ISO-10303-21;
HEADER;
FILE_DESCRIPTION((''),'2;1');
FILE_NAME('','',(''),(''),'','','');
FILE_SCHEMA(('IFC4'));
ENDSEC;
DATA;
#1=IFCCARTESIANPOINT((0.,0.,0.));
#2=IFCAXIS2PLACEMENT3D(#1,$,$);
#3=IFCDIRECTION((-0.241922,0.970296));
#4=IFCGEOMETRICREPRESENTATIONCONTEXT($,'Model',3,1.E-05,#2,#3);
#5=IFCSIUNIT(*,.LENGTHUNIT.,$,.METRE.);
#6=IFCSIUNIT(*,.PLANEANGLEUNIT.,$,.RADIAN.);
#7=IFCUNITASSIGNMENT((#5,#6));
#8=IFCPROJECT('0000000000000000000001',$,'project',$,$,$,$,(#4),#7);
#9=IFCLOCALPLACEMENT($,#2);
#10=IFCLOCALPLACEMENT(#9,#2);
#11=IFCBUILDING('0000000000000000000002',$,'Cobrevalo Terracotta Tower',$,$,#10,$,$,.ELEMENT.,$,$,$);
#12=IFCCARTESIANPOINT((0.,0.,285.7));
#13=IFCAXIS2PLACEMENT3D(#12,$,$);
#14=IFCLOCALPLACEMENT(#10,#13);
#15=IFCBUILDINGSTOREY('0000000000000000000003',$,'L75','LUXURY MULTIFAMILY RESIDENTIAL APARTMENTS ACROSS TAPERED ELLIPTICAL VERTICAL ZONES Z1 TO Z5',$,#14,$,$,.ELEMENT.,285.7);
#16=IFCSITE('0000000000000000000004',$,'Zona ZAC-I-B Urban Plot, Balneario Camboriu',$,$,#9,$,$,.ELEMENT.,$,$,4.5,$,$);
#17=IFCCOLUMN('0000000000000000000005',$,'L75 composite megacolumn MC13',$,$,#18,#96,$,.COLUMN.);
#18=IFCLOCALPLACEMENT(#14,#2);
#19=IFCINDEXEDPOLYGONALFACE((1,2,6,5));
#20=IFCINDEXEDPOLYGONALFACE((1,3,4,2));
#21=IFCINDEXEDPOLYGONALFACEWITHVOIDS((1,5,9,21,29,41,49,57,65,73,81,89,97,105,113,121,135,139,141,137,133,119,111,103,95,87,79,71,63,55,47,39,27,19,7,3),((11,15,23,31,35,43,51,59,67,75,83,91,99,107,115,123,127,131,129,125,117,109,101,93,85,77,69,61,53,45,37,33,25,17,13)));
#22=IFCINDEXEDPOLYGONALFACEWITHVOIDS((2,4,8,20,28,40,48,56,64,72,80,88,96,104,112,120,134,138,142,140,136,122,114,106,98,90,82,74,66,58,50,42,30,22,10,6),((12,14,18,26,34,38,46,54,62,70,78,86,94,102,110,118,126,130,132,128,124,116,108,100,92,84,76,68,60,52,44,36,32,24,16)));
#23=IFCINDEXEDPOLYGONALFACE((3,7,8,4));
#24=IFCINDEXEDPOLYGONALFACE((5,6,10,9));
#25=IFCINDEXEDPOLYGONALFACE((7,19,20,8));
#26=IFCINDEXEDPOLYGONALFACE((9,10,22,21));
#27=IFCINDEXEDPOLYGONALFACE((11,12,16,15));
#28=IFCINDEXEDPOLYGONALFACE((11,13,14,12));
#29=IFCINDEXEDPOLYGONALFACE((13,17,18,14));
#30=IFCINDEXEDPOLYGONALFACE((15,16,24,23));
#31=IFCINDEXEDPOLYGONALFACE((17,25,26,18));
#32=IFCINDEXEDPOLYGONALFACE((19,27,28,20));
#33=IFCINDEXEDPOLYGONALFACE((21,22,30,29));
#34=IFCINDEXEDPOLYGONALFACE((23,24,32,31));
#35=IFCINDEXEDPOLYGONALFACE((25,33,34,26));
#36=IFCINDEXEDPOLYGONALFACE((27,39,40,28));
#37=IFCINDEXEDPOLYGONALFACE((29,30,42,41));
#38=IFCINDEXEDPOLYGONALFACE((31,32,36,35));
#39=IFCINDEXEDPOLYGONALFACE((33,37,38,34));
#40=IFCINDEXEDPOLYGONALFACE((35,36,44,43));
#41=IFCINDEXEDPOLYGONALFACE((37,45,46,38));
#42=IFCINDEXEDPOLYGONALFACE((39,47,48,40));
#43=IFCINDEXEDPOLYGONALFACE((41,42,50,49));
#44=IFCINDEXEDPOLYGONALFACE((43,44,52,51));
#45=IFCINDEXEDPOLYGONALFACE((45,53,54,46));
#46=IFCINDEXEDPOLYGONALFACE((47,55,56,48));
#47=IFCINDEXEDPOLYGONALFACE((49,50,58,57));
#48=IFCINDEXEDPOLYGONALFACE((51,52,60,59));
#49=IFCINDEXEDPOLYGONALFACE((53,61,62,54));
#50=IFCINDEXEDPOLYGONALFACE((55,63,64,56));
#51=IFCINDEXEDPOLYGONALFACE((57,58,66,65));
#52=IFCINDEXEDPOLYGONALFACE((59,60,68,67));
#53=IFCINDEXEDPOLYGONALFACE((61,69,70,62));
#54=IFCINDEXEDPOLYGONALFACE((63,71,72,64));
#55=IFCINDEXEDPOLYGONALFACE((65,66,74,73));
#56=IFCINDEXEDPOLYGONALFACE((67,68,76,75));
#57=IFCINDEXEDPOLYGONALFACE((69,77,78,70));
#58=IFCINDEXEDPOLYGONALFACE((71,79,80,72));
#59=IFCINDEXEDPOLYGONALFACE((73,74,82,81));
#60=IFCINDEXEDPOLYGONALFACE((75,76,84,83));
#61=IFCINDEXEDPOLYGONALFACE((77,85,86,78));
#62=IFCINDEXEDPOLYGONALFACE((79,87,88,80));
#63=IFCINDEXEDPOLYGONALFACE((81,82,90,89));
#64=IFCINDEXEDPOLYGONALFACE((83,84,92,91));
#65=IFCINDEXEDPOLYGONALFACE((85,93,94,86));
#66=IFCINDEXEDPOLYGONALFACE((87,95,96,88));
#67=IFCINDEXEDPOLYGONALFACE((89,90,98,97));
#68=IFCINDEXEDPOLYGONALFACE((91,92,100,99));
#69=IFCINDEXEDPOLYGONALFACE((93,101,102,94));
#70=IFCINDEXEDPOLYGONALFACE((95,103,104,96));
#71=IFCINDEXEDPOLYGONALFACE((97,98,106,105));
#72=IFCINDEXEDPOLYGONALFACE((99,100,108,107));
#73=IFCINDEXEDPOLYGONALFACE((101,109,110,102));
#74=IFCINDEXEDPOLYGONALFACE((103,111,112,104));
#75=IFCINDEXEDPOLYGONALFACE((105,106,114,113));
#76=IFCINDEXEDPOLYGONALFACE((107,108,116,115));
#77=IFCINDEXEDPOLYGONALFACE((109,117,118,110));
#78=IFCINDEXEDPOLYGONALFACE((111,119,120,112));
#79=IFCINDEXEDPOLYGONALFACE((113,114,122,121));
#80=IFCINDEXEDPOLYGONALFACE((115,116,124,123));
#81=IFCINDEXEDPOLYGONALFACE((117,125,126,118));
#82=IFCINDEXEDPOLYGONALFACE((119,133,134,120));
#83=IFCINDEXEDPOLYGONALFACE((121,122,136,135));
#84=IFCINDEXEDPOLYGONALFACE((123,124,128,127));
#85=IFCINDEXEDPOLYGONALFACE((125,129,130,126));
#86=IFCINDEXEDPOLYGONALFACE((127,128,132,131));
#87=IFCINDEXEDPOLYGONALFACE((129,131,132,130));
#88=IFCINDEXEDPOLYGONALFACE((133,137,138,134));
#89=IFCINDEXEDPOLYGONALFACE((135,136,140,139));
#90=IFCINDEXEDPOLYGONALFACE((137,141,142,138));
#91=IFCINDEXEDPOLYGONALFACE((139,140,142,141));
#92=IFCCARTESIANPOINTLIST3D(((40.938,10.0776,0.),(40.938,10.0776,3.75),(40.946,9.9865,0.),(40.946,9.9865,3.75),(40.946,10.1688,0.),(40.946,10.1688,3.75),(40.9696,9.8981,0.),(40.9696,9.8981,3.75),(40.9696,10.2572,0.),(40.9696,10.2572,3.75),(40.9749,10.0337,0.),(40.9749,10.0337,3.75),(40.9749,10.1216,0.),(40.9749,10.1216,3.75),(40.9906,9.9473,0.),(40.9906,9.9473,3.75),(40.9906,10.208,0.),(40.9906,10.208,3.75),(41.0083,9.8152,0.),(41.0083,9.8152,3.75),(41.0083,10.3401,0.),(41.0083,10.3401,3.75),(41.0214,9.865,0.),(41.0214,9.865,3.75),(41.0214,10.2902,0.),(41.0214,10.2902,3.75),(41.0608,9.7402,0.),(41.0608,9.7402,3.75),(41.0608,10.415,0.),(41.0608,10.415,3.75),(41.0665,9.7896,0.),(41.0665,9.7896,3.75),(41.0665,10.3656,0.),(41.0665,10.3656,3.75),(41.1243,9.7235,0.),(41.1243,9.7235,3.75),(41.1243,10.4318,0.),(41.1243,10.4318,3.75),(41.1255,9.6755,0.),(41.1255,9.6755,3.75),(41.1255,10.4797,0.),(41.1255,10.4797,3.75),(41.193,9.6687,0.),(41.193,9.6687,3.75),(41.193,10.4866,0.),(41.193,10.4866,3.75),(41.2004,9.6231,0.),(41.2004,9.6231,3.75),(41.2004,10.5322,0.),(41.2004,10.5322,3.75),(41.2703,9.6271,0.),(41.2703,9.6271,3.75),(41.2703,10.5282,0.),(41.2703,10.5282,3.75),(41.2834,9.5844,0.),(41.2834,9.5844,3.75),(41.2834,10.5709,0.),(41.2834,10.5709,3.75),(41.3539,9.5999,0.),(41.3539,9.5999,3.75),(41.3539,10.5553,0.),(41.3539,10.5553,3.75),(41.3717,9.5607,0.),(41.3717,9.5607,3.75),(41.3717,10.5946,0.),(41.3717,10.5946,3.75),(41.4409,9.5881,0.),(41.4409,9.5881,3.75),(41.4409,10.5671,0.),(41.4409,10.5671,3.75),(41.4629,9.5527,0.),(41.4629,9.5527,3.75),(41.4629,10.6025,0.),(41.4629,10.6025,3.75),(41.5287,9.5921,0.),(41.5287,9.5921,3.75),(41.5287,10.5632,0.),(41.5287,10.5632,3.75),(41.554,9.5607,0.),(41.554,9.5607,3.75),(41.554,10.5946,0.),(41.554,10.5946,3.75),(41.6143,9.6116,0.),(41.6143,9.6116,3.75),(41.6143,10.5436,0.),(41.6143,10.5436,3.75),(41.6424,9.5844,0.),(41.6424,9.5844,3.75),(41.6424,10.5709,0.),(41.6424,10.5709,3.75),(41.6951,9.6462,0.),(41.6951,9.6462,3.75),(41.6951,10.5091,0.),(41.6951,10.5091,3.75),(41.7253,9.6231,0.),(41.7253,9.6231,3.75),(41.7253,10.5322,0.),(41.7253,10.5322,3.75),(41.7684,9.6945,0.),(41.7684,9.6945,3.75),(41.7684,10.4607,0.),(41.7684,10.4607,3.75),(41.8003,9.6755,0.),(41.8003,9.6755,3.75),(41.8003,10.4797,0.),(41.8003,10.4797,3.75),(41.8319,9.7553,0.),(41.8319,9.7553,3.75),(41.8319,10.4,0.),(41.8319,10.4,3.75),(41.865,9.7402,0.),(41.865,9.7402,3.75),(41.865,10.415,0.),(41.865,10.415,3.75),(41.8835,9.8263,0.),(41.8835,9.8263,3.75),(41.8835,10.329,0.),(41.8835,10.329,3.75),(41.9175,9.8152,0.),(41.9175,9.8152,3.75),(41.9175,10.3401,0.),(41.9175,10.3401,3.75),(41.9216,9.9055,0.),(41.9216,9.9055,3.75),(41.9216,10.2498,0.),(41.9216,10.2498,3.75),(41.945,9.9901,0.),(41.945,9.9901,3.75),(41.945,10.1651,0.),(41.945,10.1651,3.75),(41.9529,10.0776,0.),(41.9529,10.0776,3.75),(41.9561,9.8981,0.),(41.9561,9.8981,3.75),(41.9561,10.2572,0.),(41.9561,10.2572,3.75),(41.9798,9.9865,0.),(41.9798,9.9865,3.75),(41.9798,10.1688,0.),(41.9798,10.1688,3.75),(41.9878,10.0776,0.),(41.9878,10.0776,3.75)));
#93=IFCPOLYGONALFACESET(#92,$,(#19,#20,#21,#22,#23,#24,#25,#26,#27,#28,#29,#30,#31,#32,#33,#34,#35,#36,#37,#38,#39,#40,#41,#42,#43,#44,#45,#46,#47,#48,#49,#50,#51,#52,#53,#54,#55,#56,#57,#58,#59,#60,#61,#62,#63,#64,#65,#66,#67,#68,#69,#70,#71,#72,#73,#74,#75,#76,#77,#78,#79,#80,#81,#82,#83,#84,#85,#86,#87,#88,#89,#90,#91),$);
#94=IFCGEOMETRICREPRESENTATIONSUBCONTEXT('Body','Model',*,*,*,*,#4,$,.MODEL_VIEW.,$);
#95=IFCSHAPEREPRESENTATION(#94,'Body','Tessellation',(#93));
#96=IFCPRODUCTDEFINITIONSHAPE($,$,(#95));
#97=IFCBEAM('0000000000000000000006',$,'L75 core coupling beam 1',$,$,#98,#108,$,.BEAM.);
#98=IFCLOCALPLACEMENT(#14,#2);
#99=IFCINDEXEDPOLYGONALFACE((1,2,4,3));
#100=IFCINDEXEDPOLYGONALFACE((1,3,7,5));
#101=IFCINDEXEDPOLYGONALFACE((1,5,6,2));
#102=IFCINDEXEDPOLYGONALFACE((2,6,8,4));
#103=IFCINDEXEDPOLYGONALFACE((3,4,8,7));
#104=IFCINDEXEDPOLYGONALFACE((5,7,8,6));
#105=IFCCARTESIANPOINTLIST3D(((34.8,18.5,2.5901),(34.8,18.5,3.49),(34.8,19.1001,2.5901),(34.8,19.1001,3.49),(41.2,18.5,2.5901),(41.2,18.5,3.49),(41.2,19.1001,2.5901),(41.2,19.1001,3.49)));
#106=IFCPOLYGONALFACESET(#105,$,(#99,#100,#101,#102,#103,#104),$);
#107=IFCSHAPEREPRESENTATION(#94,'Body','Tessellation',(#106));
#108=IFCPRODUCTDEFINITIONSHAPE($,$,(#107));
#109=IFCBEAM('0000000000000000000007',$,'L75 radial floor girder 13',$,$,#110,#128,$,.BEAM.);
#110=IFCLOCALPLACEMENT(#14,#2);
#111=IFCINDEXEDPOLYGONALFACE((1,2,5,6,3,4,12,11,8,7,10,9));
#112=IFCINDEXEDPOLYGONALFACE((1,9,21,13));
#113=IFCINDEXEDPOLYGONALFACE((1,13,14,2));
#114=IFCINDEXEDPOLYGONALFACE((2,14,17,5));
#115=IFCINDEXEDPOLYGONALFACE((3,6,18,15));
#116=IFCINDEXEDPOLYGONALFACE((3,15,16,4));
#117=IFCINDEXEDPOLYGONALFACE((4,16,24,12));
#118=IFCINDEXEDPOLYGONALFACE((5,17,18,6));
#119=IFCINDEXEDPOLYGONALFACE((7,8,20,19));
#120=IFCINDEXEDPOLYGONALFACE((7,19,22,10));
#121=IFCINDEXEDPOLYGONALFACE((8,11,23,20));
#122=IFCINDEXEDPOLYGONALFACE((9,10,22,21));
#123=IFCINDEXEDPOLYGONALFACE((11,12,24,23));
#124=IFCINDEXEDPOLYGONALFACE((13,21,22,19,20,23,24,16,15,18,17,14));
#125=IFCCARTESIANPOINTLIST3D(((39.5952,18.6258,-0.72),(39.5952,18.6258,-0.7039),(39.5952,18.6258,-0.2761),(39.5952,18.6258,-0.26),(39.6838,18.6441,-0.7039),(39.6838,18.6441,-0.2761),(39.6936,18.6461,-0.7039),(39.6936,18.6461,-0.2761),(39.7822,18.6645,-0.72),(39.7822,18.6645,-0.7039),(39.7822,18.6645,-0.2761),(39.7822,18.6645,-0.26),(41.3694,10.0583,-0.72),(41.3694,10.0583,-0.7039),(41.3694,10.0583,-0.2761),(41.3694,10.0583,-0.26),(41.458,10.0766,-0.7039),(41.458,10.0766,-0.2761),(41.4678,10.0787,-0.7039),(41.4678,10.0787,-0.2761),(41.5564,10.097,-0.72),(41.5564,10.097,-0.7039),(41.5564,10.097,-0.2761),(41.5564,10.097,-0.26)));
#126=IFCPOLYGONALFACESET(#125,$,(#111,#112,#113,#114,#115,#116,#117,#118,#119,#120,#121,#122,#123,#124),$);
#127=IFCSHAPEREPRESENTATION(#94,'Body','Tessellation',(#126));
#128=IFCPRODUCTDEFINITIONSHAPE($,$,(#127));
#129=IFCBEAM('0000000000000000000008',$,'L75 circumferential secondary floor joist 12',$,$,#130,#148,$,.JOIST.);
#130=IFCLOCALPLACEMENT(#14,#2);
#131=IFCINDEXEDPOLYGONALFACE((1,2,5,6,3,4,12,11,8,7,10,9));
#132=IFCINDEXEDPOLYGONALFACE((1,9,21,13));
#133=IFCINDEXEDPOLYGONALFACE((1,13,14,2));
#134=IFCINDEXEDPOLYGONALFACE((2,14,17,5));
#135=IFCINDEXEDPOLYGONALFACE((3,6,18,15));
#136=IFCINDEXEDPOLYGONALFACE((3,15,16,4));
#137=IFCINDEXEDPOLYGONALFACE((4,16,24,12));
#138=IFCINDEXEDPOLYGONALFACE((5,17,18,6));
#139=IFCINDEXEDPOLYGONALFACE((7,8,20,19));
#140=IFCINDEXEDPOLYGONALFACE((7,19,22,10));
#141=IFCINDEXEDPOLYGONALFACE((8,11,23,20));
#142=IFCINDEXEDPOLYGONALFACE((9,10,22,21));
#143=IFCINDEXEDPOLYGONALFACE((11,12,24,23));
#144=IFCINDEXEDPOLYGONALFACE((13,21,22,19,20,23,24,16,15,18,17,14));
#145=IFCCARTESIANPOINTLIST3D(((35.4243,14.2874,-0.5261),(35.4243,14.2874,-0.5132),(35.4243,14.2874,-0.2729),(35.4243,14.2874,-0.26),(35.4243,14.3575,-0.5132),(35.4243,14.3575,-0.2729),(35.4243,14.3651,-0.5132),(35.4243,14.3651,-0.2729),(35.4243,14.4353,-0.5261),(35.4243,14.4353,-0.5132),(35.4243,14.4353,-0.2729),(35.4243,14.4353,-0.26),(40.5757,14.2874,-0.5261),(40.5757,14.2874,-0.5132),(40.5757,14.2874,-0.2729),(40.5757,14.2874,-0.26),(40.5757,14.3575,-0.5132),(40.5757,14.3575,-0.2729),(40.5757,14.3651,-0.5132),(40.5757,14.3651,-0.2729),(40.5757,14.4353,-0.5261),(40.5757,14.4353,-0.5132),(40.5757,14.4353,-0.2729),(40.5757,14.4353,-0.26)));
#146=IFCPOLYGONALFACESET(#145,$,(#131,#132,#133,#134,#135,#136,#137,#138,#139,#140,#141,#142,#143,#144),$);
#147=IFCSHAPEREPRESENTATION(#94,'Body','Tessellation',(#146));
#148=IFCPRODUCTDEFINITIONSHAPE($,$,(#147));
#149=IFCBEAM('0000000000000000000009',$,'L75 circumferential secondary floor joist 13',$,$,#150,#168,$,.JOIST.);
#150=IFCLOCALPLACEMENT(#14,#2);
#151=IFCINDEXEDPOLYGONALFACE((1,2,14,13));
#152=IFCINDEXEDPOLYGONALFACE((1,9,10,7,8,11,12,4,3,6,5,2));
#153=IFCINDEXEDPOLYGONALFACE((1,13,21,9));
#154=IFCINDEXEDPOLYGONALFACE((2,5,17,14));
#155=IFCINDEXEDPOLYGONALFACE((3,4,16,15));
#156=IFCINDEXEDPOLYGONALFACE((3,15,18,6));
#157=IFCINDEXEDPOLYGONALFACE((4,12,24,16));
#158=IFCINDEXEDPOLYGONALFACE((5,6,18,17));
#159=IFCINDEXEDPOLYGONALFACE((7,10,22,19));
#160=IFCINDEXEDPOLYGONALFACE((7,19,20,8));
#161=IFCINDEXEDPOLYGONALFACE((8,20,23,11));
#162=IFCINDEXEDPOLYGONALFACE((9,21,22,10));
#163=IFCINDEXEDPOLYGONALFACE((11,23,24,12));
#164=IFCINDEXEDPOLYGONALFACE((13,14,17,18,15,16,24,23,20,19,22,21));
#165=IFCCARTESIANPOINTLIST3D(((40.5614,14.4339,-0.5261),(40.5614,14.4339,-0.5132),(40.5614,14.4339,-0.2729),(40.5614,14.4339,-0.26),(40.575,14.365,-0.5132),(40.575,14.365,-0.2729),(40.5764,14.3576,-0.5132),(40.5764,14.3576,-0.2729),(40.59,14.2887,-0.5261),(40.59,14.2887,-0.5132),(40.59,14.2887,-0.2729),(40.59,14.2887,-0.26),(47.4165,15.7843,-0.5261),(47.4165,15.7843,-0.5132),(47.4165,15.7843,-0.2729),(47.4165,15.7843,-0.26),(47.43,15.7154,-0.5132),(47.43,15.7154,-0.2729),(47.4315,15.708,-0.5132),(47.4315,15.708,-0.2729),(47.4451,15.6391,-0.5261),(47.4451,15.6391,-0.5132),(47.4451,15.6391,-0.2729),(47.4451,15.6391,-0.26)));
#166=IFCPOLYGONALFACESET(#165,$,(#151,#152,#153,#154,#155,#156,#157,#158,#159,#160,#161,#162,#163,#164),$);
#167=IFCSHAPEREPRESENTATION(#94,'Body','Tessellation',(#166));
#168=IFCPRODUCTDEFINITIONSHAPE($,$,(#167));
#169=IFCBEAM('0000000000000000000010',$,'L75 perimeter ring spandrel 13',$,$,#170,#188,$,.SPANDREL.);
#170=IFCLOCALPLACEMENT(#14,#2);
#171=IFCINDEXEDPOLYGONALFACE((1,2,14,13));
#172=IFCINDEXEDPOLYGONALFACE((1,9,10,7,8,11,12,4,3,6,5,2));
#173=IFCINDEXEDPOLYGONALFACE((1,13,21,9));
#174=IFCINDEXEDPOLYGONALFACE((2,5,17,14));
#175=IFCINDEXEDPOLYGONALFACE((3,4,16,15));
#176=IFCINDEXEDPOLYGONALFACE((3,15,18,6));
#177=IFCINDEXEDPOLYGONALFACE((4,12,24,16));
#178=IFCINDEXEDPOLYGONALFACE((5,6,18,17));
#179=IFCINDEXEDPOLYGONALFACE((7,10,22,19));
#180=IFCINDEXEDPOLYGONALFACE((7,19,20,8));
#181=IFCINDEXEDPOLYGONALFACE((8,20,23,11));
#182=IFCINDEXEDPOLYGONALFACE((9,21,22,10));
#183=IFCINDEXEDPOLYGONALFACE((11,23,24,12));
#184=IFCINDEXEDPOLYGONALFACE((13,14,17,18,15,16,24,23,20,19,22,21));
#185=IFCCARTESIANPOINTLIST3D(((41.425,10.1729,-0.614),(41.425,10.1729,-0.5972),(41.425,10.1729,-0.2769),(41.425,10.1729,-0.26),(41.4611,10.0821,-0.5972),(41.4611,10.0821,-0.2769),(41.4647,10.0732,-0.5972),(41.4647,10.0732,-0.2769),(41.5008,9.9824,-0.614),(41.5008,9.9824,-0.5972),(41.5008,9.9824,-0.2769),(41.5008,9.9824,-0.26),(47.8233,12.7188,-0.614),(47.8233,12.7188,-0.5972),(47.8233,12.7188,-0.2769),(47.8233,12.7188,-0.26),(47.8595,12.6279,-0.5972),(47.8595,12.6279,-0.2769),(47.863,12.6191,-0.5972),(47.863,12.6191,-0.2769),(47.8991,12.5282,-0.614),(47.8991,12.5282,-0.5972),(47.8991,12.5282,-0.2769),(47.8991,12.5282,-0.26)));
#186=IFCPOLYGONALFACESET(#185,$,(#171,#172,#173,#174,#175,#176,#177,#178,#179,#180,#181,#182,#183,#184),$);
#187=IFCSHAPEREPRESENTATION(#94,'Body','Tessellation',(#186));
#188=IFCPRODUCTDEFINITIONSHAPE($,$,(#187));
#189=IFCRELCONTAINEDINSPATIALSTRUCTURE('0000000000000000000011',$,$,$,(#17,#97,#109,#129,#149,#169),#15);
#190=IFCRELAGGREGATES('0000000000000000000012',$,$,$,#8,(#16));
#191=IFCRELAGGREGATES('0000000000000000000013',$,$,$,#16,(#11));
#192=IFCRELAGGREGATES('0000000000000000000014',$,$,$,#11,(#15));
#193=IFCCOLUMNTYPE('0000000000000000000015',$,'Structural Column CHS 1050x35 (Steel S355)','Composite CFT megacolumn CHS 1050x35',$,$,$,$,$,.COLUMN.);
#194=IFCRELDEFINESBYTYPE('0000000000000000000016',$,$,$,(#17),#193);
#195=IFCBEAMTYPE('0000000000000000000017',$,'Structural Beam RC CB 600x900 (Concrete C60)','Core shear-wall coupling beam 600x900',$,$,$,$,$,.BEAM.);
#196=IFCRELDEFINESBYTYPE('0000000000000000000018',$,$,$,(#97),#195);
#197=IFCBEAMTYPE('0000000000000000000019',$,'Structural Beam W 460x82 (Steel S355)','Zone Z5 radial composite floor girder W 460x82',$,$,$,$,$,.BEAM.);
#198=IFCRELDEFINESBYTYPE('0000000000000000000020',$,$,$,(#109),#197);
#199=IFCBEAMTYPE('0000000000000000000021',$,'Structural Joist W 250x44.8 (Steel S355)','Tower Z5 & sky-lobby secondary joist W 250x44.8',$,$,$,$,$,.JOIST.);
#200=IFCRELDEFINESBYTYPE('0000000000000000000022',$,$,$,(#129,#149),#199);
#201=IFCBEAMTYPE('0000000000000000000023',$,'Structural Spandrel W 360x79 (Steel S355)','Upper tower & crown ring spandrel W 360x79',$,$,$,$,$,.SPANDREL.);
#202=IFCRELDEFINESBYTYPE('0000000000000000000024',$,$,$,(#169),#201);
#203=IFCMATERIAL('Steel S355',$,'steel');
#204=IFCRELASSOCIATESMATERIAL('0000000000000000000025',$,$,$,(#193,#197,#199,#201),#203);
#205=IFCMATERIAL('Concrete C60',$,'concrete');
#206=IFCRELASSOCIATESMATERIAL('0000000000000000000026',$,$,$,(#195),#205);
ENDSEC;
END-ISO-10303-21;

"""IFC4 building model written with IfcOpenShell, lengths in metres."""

from ifc_helpers import new_model, si_unit, direction, frame, origin, origin_2d, place, context, subcontext, project, spatial, rectangle, hollow_circle, i_section, extrude, material, material_profile, profile_set, type_object, element, save


model = new_model("IFC4")

# Units and contexts
model_context = context("Model", 3, precision=1e-05, world=origin(), true_north=direction((-0.241922, 0.970296)))
body_context = subcontext(model_context, "Body", "Model", "MODEL_VIEW")
ifc_project = project(units=[si_unit("LENGTHUNIT", "METRE"), si_unit("PLANEANGLEUNIT", "RADIAN")], contexts=[model_context])

# Site, building, storey
site_placement = place(None, origin())
site = spatial("IfcSite", under=ifc_project, at=site_placement, Name="Zona ZAC-I-B Urban Plot, Balneario Camboriu", CompositionType="ELEMENT", RefElevation=4.5)
building_placement = place(site_placement, origin())
building = spatial("IfcBuilding", under=site, at=building_placement, Name="Cobrevalo Terracotta Tower", CompositionType="ELEMENT")
storey_placement = place(building_placement, frame((0.0, 0.0, 285.7)))
storey = spatial("IfcBuildingStorey", under=building, at=storey_placement, Name="L75", Description="LUXURY MULTIFAMILY RESIDENTIAL APARTMENTS ACROSS TAPERED ELLIPTICAL VERTICAL ZONES Z1 TO Z5", CompositionType="ELEMENT", Elevation=285.7)

# Column
ifc_material_1 = material(Name="Steel S355", Category="steel")
ifc_material_profile_1 = material_profile(ifc_material_1, hollow_circle(Radius=0.5249, WallThickness=0.0349, at=origin_2d()), Name="CHS 1050x35")
ifc_profile_set_1 = profile_set([ifc_material_profile_1], Name="Steel S355")
column_type = type_object("IfcColumnType", Name="Structural Column CHS 1050x35 (Steel S355)", Description="Composite CFT megacolumn CHS 1050x35", PredefinedType="COLUMN", material=ifc_profile_set_1)
column_placement = place(storey_placement, frame((41.4629, 10.0776, 0.0), z_axis=(0.0, 0.0, 1.0), x_axis=(1.0, 0.0, 0.0)))
element("IfcColumn", 1, at=column_placement, inside=storey, type_object=column_type, Name="L75 composite megacolumn MC13", PredefinedType="COLUMN", context=body_context, shape_type="SweptSolid", body=[
    extrude(hollow_circle(Radius=0.5249, WallThickness=0.0349, at=origin_2d()), origin(), (0.0, 0.0, 1.0), 3.75),
])

# Beams
ifc_material_2 = material(Name="Concrete C60", Category="concrete")
ifc_material_profile_2 = material_profile(ifc_material_2, rectangle(XDim=0.6001, YDim=0.8999, at=origin_2d()), Name="RC CB 600x900")
ifc_profile_set_2 = profile_set([ifc_material_profile_2], Name="Concrete C60")
beam_type_1 = type_object("IfcBeamType", Name="Structural Beam RC CB 600x900 (Concrete C60)", Description="Core shear-wall coupling beam 600x900", PredefinedType="BEAM", material=ifc_profile_set_2)
beam_1_placement = place(storey_placement, frame((34.8, 18.8, 3.04), z_axis=(1.0, 0.0, 0.0), x_axis=(0.0, 1.0, 0.0)))
element("IfcBeam", 2, at=beam_1_placement, inside=storey, type_object=beam_type_1, Name="L75 core coupling beam 1", PredefinedType="BEAM", context=body_context, shape_type="SweptSolid", body=[
    extrude(rectangle(XDim=0.6001, YDim=0.8999, at=origin_2d()), origin(), (0.0, 0.0, 1.0), 6.3999),
])
ifc_material_profile_3 = material_profile(ifc_material_1, i_section(OverallWidth=0.1909, OverallDepth=0.46, WebThickness=0.01, FlangeThickness=0.0161, at=origin_2d()), Name="W 460x82")
ifc_profile_set_3 = profile_set([ifc_material_profile_3], Name="Steel S355")
beam_type_2 = type_object("IfcBeamType", Name="Structural Beam W 460x82 (Steel S355)", Description="Zone Z5 radial composite floor girder W 460x82", PredefinedType="BEAM", material=ifc_profile_set_3)
beam_2_placement = place(storey_placement, frame((41.4629, 10.0776, -0.49), z_axis=(-0.202782, 0.979224, 0.0), x_axis=(-0.979224, -0.202782, 0.0)))
element("IfcBeam", 3, at=beam_2_placement, inside=storey, type_object=beam_type_2, Name="L75 radial floor girder 13", PredefinedType="BEAM", context=body_context, shape_type="SweptSolid", body=[
    extrude(i_section(OverallWidth=0.1909, OverallDepth=0.46, WebThickness=0.01, FlangeThickness=0.0161, at=origin_2d()), origin(), (0.0, 0.0, 1.0), 8.7493),
])
ifc_material_profile_4 = material_profile(ifc_material_1, i_section(OverallWidth=0.1479, OverallDepth=0.2661, WebThickness=0.0076, FlangeThickness=0.0129, at=origin_2d()), Name="W 250x44.8")
ifc_profile_set_4 = profile_set([ifc_material_profile_4], Name="Steel S355")
beam_type_3 = type_object("IfcBeamType", Name="Structural Joist W 250x44.8 (Steel S355)", Description="Tower Z5 & sky-lobby secondary joist W 250x44.8", PredefinedType="JOIST", material=ifc_profile_set_4)
beam_3_placement = place(storey_placement, frame((35.4243, 14.3613, -0.3931), z_axis=(1.0, 0.0, 0.0), x_axis=(0.0, 1.0, 0.0)))
element("IfcBeam", 4, at=beam_3_placement, inside=storey, type_object=beam_type_3, Name="L75 circumferential secondary floor joist 12", PredefinedType="JOIST", context=body_context, shape_type="SweptSolid", body=[
    extrude(i_section(OverallWidth=0.1479, OverallDepth=0.2661, WebThickness=0.0076, FlangeThickness=0.0129, at=origin_2d()), origin(), (0.0, 0.0, 1.0), 5.1514),
])
beam_4_placement = place(storey_placement, frame((40.5757, 14.3613, -0.3931), z_axis=(0.981145, 0.193273, 0.0), x_axis=(-0.193273, 0.981145, 0.0)))
element("IfcBeam", 5, at=beam_4_placement, inside=storey, type_object=beam_type_3, Name="L75 circumferential secondary floor joist 13", PredefinedType="JOIST", context=body_context, shape_type="SweptSolid", body=[
    extrude(i_section(OverallWidth=0.1479, OverallDepth=0.2661, WebThickness=0.0076, FlangeThickness=0.0129, at=origin_2d()), origin(), (0.0, 0.0, 1.0), 6.9868),
])
ifc_material_profile_5 = material_profile(ifc_material_1, i_section(OverallWidth=0.2051, OverallDepth=0.354, WebThickness=0.0095, FlangeThickness=0.0168, at=origin_2d()), Name="W 360x79")
ifc_profile_set_5 = profile_set([ifc_material_profile_5], Name="Steel S355")
beam_type_4 = type_object("IfcBeamType", Name="Structural Spandrel W 360x79 (Steel S355)", Description="Upper tower & crown ring spandrel W 360x79", PredefinedType="SPANDREL", material=ifc_profile_set_5)
beam_5_placement = place(storey_placement, frame((41.4629, 10.0776, -0.437), z_axis=(0.92915, 0.369703, 0.0), x_axis=(-0.369703, 0.92915, 0.0)))
element("IfcBeam", 6, at=beam_5_placement, inside=storey, type_object=beam_type_4, Name="L75 perimeter ring spandrel 13", PredefinedType="SPANDREL", context=body_context, shape_type="SweptSolid", body=[
    extrude(i_section(OverallWidth=0.2051, OverallDepth=0.354, WebThickness=0.0095, FlangeThickness=0.0168, at=origin_2d()), origin(), (0.0, 0.0, 1.0), 6.8862),
])

save(model, "model.ifc")
